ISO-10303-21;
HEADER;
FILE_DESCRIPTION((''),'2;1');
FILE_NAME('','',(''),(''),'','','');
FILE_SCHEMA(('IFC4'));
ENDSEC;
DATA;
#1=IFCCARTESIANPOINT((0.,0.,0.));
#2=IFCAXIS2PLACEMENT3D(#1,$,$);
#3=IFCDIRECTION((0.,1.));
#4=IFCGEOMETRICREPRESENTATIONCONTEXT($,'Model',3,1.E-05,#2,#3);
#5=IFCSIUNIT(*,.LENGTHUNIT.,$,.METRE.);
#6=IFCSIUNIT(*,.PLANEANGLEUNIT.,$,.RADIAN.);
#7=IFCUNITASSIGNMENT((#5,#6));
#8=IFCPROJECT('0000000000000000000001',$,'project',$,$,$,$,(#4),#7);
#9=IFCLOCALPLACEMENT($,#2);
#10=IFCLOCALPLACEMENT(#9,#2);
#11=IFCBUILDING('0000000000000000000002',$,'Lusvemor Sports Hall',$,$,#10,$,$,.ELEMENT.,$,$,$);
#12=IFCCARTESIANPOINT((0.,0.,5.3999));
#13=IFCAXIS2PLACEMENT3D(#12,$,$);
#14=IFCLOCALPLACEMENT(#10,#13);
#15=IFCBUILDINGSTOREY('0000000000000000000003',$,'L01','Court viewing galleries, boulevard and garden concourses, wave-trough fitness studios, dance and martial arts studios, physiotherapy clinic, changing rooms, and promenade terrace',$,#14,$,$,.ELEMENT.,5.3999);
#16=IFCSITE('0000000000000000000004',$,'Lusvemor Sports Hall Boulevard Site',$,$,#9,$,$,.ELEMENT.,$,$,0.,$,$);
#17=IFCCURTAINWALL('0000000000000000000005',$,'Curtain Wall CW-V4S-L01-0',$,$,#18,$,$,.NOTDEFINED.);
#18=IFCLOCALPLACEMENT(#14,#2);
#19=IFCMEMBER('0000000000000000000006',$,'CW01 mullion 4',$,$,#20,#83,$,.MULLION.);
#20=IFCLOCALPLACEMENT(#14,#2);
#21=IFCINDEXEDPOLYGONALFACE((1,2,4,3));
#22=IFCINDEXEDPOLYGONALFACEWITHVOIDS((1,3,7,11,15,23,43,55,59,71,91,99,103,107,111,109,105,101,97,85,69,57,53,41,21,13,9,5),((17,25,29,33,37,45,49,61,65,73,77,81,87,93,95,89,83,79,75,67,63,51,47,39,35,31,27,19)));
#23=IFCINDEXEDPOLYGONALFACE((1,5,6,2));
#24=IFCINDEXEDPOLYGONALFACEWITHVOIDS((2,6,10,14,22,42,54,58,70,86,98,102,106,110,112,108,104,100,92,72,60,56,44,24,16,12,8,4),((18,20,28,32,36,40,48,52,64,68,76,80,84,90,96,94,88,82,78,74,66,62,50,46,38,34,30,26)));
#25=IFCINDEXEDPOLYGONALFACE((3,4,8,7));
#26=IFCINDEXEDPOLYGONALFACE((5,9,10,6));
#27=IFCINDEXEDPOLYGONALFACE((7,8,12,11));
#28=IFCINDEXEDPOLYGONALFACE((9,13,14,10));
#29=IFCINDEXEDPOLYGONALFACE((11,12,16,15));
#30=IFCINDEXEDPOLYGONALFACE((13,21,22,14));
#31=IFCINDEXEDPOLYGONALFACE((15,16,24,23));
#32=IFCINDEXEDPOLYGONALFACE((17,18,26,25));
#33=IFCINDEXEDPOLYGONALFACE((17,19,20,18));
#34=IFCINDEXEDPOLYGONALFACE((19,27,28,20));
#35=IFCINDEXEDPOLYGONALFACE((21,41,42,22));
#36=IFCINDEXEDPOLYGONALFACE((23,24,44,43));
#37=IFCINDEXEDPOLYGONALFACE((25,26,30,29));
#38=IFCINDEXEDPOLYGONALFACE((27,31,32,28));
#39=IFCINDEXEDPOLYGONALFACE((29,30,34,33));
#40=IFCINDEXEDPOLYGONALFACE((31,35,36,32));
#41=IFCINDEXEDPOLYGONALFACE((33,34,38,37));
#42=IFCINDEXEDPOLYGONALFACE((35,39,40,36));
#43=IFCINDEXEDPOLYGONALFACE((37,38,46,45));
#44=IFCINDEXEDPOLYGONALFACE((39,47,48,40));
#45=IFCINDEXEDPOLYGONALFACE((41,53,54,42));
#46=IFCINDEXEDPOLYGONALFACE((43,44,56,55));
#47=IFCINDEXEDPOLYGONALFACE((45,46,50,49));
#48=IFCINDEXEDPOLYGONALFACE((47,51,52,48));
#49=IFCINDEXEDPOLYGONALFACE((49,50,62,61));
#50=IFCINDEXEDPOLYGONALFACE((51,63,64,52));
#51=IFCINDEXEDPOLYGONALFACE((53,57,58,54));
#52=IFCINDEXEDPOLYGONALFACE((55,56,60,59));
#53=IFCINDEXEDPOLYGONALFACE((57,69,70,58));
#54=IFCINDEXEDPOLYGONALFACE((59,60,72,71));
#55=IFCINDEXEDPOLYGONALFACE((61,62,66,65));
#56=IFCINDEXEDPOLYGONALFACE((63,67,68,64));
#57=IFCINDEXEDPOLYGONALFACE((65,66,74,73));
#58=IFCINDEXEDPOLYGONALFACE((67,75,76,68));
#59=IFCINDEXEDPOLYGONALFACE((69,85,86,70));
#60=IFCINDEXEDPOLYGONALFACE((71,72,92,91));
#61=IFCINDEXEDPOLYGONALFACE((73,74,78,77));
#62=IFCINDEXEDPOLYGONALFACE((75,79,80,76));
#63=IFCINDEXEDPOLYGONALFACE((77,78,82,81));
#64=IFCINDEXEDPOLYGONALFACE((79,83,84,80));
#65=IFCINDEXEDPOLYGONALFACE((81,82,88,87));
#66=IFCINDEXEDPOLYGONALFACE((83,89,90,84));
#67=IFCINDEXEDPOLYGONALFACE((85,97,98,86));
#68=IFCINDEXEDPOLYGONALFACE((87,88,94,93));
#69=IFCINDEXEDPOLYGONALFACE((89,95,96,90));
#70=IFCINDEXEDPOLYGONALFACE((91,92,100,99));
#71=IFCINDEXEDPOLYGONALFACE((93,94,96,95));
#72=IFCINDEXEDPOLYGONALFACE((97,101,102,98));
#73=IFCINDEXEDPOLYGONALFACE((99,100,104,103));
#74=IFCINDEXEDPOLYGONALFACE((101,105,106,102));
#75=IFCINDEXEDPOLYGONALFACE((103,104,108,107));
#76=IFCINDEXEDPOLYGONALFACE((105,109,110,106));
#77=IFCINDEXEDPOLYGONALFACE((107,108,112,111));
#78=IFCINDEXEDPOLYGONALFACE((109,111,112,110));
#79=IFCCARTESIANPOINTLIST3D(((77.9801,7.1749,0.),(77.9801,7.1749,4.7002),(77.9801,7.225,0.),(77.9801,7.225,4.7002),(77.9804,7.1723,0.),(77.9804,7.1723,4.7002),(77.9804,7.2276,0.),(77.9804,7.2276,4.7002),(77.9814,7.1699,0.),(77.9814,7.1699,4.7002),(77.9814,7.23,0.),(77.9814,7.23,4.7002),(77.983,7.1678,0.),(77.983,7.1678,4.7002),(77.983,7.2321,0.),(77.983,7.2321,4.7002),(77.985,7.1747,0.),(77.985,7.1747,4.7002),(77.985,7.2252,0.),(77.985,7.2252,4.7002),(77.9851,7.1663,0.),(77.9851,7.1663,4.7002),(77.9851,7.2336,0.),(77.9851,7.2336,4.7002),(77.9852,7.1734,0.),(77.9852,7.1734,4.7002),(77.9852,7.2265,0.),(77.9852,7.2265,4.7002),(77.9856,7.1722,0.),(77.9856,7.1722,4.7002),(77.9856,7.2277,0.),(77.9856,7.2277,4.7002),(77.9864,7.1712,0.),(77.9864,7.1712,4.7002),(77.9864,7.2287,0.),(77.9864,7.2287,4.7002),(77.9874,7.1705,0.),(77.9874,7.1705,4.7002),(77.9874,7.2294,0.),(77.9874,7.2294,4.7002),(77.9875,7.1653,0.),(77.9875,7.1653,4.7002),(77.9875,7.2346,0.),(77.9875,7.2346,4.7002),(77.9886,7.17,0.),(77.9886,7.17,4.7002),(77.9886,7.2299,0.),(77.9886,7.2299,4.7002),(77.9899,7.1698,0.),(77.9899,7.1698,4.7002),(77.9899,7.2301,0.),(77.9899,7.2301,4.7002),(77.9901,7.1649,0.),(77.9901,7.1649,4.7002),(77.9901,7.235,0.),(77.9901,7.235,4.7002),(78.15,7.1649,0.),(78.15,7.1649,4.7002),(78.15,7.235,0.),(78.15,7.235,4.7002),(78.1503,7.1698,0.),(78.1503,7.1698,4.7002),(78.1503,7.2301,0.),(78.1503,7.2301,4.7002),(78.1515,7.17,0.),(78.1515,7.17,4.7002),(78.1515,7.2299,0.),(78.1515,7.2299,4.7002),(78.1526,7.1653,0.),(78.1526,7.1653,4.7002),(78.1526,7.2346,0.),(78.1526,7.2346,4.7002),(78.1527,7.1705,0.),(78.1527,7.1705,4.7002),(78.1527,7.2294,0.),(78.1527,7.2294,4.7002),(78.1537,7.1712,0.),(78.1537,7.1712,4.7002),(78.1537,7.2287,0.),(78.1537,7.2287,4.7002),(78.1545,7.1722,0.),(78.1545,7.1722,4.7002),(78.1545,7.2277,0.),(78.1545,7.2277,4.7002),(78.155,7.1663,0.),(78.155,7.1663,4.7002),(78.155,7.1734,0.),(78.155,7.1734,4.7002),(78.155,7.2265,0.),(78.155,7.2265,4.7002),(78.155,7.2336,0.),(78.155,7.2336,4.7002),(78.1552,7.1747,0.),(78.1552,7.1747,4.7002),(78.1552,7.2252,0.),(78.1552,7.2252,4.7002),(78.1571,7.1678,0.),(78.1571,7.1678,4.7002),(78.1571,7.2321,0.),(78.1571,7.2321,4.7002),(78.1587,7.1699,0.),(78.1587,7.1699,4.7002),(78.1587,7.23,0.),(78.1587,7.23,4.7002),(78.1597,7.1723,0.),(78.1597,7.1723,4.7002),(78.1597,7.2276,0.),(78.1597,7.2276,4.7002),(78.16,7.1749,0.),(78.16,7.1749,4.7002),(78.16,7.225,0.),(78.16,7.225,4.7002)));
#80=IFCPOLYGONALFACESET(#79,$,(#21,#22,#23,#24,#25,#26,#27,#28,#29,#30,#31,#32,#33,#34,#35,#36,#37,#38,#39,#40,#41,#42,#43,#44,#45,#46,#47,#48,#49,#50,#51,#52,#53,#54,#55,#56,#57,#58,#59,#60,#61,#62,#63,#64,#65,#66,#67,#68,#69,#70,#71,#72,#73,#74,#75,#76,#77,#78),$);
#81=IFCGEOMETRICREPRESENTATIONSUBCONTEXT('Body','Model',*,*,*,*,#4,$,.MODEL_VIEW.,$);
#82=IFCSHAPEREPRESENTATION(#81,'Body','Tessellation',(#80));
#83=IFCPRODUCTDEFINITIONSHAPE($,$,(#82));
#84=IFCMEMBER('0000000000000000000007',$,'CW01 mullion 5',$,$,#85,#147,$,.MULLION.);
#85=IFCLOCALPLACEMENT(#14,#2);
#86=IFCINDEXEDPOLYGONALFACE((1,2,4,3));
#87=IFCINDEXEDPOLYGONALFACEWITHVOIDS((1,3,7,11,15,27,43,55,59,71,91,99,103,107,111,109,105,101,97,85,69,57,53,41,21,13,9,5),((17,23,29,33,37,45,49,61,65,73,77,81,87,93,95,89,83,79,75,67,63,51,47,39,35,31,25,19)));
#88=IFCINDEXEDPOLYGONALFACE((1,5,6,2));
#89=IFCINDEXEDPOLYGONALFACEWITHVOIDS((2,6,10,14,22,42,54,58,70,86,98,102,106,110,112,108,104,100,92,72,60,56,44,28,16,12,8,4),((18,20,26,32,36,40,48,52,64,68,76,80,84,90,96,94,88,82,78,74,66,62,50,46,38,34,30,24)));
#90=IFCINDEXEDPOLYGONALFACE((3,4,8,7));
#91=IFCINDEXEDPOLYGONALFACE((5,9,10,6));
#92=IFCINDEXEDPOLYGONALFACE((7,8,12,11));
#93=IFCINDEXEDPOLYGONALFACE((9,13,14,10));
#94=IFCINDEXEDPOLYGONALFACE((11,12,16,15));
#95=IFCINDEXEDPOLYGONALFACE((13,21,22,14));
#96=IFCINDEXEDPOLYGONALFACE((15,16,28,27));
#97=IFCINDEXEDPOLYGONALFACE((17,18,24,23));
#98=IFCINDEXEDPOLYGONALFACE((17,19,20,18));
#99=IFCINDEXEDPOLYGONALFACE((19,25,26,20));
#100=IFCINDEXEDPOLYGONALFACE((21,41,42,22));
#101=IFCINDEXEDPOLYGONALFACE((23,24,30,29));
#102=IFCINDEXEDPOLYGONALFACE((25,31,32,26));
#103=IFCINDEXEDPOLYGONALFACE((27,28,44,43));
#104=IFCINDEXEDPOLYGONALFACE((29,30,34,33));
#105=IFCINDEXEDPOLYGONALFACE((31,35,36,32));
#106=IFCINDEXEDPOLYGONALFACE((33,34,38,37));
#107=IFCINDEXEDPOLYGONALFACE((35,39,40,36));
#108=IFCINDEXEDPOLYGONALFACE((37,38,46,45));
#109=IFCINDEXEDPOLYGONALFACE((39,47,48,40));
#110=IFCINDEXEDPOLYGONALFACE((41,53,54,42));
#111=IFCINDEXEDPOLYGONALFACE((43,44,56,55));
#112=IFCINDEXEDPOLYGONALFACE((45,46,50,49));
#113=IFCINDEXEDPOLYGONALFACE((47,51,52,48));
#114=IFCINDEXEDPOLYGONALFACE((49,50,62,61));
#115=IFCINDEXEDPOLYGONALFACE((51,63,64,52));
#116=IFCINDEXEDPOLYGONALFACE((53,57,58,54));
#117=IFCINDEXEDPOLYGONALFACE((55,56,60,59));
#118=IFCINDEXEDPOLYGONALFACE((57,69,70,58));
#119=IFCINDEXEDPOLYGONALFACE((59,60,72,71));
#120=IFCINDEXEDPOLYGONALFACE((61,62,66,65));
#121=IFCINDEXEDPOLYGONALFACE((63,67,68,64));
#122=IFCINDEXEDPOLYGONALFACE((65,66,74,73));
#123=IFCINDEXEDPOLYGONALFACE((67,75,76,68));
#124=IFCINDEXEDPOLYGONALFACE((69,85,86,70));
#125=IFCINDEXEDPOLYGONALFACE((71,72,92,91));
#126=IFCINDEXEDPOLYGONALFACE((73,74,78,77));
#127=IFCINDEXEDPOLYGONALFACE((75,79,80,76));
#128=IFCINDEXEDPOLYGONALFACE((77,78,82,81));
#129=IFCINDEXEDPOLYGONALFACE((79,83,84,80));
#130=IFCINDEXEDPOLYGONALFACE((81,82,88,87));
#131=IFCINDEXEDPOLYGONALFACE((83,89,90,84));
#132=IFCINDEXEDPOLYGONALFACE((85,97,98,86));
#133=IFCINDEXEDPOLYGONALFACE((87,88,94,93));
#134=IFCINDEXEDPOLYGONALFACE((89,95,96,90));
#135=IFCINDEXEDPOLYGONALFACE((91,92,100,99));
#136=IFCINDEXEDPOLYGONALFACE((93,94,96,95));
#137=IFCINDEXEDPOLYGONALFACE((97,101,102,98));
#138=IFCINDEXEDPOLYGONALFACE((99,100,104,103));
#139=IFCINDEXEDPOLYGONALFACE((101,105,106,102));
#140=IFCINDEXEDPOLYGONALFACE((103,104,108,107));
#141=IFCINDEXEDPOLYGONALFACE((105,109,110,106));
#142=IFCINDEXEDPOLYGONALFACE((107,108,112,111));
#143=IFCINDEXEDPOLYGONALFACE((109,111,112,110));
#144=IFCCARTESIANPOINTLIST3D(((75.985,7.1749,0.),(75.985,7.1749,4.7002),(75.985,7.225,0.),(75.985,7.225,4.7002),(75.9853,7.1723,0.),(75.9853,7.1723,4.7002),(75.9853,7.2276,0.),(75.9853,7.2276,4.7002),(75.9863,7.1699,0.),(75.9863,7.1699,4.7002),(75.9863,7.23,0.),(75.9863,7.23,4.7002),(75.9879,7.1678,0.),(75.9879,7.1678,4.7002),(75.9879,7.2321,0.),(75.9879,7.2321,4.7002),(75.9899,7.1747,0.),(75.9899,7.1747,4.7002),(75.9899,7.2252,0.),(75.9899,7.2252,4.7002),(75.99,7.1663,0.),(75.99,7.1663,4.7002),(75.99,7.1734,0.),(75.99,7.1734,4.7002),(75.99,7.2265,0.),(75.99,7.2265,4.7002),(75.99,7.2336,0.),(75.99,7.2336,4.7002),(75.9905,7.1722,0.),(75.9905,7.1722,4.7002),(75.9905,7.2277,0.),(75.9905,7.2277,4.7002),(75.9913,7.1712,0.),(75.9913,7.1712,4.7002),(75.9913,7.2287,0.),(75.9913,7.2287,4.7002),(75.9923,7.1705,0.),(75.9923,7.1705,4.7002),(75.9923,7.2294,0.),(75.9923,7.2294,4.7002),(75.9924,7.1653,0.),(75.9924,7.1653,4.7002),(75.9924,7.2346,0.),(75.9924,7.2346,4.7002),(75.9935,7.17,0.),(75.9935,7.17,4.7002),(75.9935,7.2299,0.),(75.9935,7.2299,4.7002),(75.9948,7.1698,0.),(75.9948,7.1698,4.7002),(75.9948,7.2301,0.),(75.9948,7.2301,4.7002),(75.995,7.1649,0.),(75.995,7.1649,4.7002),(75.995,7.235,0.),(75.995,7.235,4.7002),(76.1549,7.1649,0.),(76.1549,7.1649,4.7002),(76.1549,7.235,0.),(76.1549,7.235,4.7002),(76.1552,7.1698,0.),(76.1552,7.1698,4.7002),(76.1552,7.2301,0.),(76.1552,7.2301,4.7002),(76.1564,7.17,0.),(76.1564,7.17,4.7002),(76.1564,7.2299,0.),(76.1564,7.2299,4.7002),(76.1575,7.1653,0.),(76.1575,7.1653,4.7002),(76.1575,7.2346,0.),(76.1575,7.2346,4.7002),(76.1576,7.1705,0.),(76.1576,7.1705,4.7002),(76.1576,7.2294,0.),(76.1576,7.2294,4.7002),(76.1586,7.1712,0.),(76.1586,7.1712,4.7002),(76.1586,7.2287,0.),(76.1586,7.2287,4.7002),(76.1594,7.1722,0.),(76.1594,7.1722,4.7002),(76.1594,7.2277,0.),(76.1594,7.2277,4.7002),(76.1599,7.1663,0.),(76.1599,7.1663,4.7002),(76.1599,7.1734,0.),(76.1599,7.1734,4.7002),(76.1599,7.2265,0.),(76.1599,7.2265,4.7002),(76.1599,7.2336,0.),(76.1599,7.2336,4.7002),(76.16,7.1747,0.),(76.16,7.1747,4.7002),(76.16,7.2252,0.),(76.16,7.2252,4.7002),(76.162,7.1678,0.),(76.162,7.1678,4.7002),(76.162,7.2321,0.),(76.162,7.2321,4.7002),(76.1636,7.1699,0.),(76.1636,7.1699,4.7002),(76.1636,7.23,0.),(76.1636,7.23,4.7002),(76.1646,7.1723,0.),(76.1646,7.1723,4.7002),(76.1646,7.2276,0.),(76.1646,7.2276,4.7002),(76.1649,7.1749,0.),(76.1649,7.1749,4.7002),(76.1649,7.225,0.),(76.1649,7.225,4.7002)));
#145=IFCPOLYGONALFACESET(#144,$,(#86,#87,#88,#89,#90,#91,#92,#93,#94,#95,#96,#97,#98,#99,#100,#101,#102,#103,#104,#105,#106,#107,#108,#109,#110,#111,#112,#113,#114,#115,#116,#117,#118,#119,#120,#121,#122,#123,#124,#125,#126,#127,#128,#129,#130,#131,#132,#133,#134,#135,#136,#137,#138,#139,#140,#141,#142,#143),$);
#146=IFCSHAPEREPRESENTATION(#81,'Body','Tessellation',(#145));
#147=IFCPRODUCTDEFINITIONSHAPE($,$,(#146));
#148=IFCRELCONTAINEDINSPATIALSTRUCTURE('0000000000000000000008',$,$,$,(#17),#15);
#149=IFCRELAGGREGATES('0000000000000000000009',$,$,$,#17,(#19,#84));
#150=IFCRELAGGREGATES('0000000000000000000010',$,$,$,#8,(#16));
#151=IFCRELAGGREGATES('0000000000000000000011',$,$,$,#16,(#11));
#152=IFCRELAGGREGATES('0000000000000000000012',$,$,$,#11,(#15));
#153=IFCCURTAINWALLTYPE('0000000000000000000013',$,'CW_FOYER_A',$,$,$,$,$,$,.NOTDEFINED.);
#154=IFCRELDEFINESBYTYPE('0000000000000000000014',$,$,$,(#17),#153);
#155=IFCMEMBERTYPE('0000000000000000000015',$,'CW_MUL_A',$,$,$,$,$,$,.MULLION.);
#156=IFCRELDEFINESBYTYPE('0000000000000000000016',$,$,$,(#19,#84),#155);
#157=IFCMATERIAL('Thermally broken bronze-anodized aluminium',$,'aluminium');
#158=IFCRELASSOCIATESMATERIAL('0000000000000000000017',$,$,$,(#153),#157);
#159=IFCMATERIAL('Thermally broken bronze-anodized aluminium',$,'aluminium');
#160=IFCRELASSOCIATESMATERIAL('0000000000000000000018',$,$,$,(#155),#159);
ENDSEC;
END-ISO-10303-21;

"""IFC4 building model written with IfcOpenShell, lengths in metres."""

from ifc_helpers import new_model, si_unit, direction, frame, origin, origin_2d, place, context, subcontext, project, spatial, hollow_rectangle, extrude, material, material_profile, profile_set, type_object, element, aggregate, save


model = new_model("IFC4")

# Units and contexts
model_context = context("Model", 3, precision=1e-05, world=origin(), true_north=direction((0.0, 1.0)))
body_context = subcontext(model_context, "Body", "Model", "MODEL_VIEW")
ifc_project = project(units=[si_unit("LENGTHUNIT", "METRE"), si_unit("PLANEANGLEUNIT", "RADIAN")], contexts=[model_context])

# Site, building, storey
site_placement = place(None, origin())
site = spatial("IfcSite", under=ifc_project, at=site_placement, Name="Lusvemor Sports Hall Boulevard Site", CompositionType="ELEMENT", RefElevation=0.0)
building_placement = place(site_placement, origin())
building = spatial("IfcBuilding", under=site, at=building_placement, Name="Lusvemor Sports Hall", CompositionType="ELEMENT")
storey_placement = place(building_placement, frame((0.0, 0.0, 5.3999)))
storey = spatial("IfcBuildingStorey", under=building, at=storey_placement, Name="L01", Description="Court viewing galleries, boulevard and garden concourses, wave-trough fitness studios, dance and martial arts studios, physiotherapy clinic, changing rooms, and promenade terrace", CompositionType="ELEMENT", Elevation=5.3999)

# Curtain wall, members
ifc_material_1 = material(Name="Thermally broken bronze-anodized aluminium", Category="aluminium")
curtain_wall_type = type_object("IfcCurtainWallType", Name="CW_FOYER_A", PredefinedType="NOTDEFINED", material=ifc_material_1)
curtain_wall_placement = place(storey_placement, origin())
curtain_wall = element("IfcCurtainWall", 1, at=curtain_wall_placement, inside=storey, type_object=curtain_wall_type, Name="Curtain Wall CW-V4S-L01-0", PredefinedType="NOTDEFINED")
ifc_material_2 = material(Name="Thermally broken bronze-anodized aluminium", Category="aluminium")
ifc_material_profile_1 = material_profile(ifc_material_2, hollow_rectangle(XDim=0.0701, YDim=0.1799, WallThickness=0.0049, InnerFilletRadius=0.0049, OuterFilletRadius=0.01, at=origin_2d()), Name="CWMUL180x70x5")
ifc_profile_set_1 = profile_set([ifc_material_profile_1], Name="Thermally broken bronze-anodized aluminium")
member_type_1 = type_object("IfcMemberType", Name="CW_MUL_A", PredefinedType="MULLION", material=ifc_profile_set_1)
member_1_placement = place(storey_placement, frame((78.0701, 7.2, 0.0), z_axis=(0.0, 0.0, 1.0), x_axis=(0.0, -1.0, 0.0)))
member_1 = element("IfcMember", 2, at=member_1_placement, type_object=member_type_1, Name="CW01 mullion 4", PredefinedType="MULLION", context=body_context, shape_type="SweptSolid", body=[
    extrude(hollow_rectangle(XDim=0.0701, YDim=0.1799, WallThickness=0.0049, InnerFilletRadius=0.0049, OuterFilletRadius=0.01, at=origin_2d()), origin(), (0.0, 0.0, 1.0), 4.7002),
])
member_2_placement = place(storey_placement, frame((76.075, 7.2, 0.0), z_axis=(0.0, 0.0, 1.0), x_axis=(0.0, -1.0, 0.0)))
member_2 = element("IfcMember", 3, at=member_2_placement, type_object=member_type_1, Name="CW01 mullion 5", PredefinedType="MULLION", context=body_context, shape_type="SweptSolid", body=[
    extrude(hollow_rectangle(XDim=0.0701, YDim=0.1799, WallThickness=0.0049, InnerFilletRadius=0.0049, OuterFilletRadius=0.01, at=origin_2d()), origin(), (0.0, 0.0, 1.0), 4.7002),
])

aggregate(curtain_wall, [member_1, member_2])

save(model, "model.ifc")
